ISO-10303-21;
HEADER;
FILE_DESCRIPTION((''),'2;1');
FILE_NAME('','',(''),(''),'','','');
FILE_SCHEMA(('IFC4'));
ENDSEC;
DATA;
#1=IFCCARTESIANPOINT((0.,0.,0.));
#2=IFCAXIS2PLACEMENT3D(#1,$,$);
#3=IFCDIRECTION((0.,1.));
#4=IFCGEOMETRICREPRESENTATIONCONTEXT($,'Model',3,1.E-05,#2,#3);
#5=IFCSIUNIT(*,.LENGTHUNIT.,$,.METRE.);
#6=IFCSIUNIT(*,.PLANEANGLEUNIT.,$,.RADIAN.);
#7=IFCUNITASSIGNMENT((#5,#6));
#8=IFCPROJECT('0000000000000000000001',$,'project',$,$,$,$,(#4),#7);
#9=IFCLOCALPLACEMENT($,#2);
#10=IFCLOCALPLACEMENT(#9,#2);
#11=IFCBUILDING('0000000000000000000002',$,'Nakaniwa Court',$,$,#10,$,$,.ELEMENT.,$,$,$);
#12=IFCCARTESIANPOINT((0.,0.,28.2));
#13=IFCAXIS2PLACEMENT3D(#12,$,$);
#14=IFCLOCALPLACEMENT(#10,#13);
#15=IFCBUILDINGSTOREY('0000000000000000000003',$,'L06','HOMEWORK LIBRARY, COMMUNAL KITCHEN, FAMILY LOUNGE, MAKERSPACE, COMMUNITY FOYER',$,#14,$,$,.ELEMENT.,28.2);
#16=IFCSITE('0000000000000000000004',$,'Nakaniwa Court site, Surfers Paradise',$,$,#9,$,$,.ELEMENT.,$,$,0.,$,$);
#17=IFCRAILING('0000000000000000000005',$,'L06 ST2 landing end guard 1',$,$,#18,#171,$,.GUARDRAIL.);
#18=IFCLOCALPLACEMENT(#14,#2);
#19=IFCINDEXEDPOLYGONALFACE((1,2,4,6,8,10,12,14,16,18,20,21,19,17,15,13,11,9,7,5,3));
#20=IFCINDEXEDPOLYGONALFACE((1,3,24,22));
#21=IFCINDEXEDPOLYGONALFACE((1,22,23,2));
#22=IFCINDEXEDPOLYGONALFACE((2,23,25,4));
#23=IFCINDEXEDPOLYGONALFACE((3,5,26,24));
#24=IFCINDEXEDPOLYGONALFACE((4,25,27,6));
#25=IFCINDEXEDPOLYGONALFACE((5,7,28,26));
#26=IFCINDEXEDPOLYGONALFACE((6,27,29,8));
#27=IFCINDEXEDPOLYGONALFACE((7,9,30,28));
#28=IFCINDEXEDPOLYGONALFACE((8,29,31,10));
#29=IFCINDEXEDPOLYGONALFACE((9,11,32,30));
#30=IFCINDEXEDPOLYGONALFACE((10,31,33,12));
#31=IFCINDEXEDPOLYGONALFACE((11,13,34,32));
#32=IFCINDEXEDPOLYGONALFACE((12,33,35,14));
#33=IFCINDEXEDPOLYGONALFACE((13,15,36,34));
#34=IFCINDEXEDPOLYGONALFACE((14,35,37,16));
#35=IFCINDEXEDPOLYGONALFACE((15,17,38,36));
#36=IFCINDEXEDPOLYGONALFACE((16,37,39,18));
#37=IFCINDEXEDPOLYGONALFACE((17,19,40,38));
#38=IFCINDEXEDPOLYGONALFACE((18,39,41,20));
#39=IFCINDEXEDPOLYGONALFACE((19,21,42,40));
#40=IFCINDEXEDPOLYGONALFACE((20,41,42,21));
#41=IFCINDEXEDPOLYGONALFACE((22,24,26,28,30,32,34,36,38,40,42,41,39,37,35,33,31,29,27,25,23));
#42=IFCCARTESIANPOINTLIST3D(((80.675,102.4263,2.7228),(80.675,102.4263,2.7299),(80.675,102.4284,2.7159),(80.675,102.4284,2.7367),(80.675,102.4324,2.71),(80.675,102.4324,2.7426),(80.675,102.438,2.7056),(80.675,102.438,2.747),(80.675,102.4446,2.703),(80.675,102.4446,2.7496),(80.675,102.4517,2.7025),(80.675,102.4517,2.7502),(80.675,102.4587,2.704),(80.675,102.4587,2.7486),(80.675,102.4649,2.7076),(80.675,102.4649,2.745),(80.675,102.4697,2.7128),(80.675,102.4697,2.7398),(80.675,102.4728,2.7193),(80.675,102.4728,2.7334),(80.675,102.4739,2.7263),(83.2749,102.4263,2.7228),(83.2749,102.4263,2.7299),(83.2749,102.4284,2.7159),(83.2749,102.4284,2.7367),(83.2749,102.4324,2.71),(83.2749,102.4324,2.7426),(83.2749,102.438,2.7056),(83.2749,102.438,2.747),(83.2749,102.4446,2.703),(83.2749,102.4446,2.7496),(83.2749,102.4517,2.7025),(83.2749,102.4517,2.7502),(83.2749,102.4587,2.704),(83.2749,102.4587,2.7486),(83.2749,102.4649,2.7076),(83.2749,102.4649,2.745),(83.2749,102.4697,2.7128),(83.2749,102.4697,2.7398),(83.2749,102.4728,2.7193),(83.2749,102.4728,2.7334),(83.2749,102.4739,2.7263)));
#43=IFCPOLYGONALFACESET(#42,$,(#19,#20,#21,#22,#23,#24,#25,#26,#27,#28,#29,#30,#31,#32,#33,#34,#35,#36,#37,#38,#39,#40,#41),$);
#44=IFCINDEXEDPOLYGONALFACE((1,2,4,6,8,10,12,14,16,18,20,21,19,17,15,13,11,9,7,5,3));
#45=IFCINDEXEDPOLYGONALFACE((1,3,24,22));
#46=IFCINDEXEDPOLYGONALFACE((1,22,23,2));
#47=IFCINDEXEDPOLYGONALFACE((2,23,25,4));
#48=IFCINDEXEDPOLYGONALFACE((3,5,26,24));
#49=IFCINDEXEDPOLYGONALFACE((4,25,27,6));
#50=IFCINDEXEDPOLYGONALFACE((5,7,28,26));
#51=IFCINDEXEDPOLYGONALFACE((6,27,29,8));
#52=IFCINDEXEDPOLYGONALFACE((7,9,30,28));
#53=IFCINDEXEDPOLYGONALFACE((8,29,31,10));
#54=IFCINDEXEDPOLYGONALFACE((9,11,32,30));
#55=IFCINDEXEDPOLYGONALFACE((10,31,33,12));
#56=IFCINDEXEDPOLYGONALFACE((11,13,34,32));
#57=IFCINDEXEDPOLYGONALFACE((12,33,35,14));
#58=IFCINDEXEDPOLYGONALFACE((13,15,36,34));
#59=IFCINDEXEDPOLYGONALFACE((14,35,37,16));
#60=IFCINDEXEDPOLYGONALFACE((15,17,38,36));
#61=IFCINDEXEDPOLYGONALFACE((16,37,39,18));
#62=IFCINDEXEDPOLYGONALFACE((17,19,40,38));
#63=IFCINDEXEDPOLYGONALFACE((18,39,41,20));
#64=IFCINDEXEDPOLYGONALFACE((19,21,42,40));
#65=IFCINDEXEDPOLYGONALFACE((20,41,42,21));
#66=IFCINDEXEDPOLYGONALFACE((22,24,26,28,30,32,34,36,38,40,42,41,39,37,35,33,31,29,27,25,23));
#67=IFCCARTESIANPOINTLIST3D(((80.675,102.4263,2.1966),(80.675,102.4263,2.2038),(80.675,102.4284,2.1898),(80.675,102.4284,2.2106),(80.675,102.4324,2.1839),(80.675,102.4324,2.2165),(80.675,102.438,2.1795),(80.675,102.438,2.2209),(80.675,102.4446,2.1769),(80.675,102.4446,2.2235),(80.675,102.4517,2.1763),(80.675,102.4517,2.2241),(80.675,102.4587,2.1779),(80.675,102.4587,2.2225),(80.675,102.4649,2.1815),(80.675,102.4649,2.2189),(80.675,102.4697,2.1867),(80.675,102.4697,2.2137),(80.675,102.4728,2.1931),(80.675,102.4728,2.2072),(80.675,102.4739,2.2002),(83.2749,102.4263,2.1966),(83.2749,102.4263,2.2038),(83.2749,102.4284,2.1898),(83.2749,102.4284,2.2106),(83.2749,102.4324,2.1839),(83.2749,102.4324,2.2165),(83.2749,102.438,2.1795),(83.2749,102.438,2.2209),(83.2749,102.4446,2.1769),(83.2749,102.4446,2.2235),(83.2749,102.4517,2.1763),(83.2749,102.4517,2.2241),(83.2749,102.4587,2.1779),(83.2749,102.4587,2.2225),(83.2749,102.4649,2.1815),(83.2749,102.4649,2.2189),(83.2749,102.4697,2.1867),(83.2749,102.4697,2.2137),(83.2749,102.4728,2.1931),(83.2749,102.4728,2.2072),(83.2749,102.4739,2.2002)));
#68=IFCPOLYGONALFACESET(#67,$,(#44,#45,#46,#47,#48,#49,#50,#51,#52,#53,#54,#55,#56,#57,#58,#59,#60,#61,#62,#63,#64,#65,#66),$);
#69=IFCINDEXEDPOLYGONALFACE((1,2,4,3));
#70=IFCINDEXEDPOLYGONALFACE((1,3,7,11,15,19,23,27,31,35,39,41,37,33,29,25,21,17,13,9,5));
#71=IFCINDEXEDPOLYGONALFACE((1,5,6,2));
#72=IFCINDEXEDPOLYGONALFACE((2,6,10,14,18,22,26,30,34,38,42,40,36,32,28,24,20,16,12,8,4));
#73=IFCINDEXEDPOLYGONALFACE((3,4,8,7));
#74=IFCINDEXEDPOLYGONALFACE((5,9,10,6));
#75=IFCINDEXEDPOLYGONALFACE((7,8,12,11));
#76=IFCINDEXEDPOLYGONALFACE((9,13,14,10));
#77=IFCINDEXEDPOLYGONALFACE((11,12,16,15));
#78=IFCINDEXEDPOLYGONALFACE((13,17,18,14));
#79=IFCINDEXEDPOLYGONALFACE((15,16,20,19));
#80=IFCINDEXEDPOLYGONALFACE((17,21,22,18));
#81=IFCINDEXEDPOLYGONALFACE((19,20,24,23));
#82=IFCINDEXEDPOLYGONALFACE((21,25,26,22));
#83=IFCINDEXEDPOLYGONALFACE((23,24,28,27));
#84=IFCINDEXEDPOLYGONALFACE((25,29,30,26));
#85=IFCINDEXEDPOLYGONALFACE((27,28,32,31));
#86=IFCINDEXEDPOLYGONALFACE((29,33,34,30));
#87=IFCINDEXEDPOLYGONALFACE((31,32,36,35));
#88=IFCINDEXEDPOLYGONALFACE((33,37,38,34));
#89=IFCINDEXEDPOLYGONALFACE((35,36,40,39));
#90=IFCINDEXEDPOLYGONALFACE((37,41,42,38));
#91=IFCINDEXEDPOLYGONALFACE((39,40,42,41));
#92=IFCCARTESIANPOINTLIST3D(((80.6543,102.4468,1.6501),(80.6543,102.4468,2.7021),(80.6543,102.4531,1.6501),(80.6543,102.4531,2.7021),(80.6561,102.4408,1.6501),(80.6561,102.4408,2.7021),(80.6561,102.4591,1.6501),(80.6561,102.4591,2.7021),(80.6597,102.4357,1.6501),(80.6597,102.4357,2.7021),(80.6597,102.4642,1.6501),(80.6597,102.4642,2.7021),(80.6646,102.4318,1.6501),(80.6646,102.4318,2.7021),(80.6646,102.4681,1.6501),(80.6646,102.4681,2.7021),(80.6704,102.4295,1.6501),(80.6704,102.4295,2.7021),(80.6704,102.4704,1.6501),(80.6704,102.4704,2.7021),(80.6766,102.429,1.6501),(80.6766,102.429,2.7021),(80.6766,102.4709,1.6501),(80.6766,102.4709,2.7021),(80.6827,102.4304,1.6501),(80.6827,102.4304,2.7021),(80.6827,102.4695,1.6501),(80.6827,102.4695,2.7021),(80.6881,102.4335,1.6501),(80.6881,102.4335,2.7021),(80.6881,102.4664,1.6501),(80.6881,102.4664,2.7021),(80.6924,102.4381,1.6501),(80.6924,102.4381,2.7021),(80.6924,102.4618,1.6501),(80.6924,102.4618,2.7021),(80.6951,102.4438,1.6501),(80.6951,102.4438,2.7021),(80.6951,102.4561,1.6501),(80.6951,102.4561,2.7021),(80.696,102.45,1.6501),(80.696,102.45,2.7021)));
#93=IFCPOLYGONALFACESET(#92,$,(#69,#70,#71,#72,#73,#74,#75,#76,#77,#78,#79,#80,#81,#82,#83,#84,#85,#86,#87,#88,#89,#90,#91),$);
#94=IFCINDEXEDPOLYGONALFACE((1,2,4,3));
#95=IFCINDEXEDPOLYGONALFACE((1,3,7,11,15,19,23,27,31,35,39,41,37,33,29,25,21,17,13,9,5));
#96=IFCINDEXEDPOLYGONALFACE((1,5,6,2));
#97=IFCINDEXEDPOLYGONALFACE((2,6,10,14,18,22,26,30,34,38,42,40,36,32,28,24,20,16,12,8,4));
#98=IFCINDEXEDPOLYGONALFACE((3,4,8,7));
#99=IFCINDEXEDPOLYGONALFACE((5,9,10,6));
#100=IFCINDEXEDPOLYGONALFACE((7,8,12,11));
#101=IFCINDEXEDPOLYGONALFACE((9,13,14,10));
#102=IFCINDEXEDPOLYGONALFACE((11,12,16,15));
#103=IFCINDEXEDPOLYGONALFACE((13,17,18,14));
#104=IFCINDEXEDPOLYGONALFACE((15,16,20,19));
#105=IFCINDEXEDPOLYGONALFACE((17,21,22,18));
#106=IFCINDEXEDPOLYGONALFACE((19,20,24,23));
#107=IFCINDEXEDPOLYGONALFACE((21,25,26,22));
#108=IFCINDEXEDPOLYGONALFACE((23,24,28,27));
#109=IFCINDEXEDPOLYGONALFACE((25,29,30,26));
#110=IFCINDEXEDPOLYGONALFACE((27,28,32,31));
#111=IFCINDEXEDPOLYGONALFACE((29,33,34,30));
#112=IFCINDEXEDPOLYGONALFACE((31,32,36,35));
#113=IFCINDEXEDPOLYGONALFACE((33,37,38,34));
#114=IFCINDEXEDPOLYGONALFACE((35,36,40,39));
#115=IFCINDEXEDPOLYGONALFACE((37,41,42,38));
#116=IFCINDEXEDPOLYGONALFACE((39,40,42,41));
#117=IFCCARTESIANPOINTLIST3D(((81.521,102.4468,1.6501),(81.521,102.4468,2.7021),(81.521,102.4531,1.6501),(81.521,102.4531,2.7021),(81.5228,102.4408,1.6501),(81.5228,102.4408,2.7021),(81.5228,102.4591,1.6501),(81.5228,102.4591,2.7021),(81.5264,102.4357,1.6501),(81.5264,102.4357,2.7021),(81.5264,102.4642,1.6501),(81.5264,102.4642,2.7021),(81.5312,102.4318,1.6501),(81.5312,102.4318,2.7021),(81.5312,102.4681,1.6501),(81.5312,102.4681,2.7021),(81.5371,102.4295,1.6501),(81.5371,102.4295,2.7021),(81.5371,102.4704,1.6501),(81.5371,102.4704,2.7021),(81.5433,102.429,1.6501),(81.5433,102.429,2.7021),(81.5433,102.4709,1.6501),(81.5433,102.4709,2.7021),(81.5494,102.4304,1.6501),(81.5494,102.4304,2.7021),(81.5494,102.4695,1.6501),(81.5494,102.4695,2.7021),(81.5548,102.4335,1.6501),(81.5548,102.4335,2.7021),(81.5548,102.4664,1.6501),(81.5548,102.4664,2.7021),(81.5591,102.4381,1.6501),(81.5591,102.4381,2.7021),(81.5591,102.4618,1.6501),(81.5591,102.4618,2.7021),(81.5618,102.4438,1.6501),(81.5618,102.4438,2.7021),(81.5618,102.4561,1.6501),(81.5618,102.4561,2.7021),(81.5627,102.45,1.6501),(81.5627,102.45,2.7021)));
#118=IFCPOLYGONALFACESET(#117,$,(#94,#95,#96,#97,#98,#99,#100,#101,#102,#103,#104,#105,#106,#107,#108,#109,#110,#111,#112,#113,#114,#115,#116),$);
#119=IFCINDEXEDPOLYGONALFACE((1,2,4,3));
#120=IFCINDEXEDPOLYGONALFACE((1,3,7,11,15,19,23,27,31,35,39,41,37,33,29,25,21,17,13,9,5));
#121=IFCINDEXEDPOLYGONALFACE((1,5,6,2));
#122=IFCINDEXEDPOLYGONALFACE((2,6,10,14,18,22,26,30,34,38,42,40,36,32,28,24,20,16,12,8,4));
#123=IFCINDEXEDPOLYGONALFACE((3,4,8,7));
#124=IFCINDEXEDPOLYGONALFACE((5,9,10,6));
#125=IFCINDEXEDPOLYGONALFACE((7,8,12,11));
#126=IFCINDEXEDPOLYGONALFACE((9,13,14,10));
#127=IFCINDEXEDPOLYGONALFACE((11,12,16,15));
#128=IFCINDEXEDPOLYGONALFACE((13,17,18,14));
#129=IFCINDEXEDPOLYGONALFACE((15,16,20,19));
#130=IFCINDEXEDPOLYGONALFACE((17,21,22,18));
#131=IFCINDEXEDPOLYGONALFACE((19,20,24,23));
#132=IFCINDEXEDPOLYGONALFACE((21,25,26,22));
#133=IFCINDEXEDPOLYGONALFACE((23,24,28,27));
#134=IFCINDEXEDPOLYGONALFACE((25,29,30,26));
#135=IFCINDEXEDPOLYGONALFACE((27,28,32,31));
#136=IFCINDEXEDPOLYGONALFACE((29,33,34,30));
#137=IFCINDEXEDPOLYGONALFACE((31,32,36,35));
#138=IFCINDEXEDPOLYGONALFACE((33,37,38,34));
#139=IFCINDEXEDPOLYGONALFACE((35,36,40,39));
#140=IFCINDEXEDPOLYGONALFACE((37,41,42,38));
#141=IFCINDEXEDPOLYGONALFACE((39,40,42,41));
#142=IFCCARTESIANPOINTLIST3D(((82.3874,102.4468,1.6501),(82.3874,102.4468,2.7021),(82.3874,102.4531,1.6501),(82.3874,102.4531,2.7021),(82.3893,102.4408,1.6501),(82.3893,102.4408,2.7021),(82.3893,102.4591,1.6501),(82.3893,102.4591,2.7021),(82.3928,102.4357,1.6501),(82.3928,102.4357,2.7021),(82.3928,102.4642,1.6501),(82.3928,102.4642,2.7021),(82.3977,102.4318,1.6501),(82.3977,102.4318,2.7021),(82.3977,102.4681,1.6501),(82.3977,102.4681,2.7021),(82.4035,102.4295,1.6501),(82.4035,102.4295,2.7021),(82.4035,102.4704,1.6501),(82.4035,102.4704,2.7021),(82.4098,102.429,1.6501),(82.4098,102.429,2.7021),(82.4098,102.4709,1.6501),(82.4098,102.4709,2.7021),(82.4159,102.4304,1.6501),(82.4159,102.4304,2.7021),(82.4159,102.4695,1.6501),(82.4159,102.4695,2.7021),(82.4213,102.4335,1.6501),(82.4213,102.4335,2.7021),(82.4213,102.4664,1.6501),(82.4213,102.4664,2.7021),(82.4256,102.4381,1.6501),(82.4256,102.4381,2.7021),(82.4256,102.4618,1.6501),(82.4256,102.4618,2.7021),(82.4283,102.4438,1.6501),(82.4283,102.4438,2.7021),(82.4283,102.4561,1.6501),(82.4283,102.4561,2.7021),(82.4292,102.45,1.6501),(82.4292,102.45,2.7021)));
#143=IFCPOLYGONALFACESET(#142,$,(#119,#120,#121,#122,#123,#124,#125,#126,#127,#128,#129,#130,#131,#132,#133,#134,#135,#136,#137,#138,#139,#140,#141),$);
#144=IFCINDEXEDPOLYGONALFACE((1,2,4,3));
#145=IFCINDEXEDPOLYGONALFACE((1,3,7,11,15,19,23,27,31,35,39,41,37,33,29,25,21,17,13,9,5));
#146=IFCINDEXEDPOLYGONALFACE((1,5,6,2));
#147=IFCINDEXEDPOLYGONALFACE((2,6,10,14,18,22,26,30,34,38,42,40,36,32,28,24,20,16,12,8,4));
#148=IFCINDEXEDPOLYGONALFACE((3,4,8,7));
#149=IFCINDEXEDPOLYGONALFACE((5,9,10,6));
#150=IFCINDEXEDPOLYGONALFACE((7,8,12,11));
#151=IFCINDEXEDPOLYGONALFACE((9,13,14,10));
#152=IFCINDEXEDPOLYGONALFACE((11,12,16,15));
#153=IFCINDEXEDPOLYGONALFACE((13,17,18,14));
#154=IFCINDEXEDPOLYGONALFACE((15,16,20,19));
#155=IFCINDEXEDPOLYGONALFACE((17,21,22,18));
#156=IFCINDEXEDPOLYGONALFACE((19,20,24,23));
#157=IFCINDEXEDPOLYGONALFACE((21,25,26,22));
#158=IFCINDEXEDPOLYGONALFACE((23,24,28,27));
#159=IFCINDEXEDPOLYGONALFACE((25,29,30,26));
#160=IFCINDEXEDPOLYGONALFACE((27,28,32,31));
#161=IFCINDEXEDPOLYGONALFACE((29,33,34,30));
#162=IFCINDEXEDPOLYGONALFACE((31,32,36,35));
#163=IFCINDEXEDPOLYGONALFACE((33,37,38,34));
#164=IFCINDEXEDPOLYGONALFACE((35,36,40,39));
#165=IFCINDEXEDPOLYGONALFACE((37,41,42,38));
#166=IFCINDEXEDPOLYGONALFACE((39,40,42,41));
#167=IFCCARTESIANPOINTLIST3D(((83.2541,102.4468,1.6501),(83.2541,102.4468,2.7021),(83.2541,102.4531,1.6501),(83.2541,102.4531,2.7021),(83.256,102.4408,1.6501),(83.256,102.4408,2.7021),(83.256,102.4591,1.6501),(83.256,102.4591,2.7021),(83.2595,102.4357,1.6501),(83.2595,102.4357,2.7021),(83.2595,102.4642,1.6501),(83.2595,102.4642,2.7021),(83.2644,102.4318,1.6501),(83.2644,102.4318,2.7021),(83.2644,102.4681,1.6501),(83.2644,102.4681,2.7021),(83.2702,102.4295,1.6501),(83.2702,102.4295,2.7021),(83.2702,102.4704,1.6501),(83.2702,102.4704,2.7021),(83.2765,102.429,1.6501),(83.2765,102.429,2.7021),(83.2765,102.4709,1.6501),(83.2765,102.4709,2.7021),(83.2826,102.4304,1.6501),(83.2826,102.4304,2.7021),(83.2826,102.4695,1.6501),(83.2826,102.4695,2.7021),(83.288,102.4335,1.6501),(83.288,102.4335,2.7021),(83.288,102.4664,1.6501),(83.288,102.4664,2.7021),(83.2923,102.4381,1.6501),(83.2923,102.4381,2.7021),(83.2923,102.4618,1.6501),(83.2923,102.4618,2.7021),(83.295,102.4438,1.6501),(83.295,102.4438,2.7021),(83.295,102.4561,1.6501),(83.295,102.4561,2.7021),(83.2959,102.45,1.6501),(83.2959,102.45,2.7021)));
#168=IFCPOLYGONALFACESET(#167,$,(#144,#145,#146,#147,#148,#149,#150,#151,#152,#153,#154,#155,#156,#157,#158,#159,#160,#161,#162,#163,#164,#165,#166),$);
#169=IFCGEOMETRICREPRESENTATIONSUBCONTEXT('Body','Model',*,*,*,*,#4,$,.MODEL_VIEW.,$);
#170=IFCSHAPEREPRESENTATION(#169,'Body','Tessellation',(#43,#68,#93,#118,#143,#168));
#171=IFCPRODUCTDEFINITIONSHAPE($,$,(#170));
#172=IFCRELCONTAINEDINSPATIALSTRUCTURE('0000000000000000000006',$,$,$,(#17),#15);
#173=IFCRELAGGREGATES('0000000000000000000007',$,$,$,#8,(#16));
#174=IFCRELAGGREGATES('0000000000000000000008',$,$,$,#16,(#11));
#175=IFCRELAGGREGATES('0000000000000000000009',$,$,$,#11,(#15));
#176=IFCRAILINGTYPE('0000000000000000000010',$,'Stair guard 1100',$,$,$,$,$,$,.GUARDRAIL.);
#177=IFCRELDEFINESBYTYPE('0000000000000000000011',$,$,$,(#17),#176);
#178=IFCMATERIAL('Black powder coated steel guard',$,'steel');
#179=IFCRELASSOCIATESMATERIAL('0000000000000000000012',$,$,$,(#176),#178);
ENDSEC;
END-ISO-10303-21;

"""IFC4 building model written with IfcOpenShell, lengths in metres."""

from ifc_helpers import new_model, si_unit, direction, frame, origin, origin_2d, place, context, subcontext, project, spatial, circle, extrude, material, type_object, element, save


model = new_model("IFC4")

# Units and contexts
model_context = context("Model", 3, precision=1e-05, world=origin(), true_north=direction((0.0, 1.0)))
body_context = subcontext(model_context, "Body", "Model", "MODEL_VIEW")
ifc_project = project(units=[si_unit("LENGTHUNIT", "METRE"), si_unit("PLANEANGLEUNIT", "RADIAN")], contexts=[model_context])

# Site, building, storey
site_placement = place(None, origin())
site = spatial("IfcSite", under=ifc_project, at=site_placement, Name="Nakaniwa Court site, Surfers Paradise", CompositionType="ELEMENT", RefElevation=0.0)
building_placement = place(site_placement, origin())
building = spatial("IfcBuilding", under=site, at=building_placement, Name="Nakaniwa Court", CompositionType="ELEMENT")
storey_placement = place(building_placement, frame((0.0, 0.0, 28.2)))
storey = spatial("IfcBuildingStorey", under=building, at=storey_placement, Name="L06", Description="HOMEWORK LIBRARY, COMMUNAL KITCHEN, FAMILY LOUNGE, MAKERSPACE, COMMUNITY FOYER", CompositionType="ELEMENT", Elevation=28.2)

# Railing
ifc_material_1 = material(Name="Black powder coated steel guard", Category="steel")
railing_type_1 = type_object("IfcRailingType", Name="Stair guard 1100", PredefinedType="GUARDRAIL", material=ifc_material_1)
railing_1_placement = place(storey_placement, frame((80.675, 102.45, 1.6501)))
element("IfcRailing", 1, at=railing_1_placement, inside=storey, type_object=railing_type_1, Name="L06 ST2 landing end guard 1", PredefinedType="GUARDRAIL", context=body_context, shape_type="SweptSolid", body=[
    extrude(circle(Radius=0.0239, at=origin_2d()), frame((0.0, 0.0, 1.0762), z_axis=(1.0, 0.0, 0.0), x_axis=(0.0, 1.0, 0.0)), (0.0, 0.0, 1.0), 2.5999),
    extrude(circle(Radius=0.0239, at=origin_2d()), frame((0.0, 0.0, 0.55), z_axis=(1.0, 0.0, 0.0), x_axis=(0.0, 1.0, 0.0)), (0.0, 0.0, 1.0), 2.5999),
    extrude(circle(Radius=0.021, at=origin_2d()), origin(), (0.0, 0.0, 1.0), 1.052),
    extrude(circle(Radius=0.021, at=origin_2d()), frame((0.8667, 0.0, 0.0)), (0.0, 0.0, 1.0), 1.052),
    extrude(circle(Radius=0.021, at=origin_2d()), frame((1.7332, 0.0, 0.0)), (0.0, 0.0, 1.0), 1.052),
    extrude(circle(Radius=0.021, at=origin_2d()), frame((2.5999, 0.0, 0.0)), (0.0, 0.0, 1.0), 1.052),
])

save(model, "model.ifc")
